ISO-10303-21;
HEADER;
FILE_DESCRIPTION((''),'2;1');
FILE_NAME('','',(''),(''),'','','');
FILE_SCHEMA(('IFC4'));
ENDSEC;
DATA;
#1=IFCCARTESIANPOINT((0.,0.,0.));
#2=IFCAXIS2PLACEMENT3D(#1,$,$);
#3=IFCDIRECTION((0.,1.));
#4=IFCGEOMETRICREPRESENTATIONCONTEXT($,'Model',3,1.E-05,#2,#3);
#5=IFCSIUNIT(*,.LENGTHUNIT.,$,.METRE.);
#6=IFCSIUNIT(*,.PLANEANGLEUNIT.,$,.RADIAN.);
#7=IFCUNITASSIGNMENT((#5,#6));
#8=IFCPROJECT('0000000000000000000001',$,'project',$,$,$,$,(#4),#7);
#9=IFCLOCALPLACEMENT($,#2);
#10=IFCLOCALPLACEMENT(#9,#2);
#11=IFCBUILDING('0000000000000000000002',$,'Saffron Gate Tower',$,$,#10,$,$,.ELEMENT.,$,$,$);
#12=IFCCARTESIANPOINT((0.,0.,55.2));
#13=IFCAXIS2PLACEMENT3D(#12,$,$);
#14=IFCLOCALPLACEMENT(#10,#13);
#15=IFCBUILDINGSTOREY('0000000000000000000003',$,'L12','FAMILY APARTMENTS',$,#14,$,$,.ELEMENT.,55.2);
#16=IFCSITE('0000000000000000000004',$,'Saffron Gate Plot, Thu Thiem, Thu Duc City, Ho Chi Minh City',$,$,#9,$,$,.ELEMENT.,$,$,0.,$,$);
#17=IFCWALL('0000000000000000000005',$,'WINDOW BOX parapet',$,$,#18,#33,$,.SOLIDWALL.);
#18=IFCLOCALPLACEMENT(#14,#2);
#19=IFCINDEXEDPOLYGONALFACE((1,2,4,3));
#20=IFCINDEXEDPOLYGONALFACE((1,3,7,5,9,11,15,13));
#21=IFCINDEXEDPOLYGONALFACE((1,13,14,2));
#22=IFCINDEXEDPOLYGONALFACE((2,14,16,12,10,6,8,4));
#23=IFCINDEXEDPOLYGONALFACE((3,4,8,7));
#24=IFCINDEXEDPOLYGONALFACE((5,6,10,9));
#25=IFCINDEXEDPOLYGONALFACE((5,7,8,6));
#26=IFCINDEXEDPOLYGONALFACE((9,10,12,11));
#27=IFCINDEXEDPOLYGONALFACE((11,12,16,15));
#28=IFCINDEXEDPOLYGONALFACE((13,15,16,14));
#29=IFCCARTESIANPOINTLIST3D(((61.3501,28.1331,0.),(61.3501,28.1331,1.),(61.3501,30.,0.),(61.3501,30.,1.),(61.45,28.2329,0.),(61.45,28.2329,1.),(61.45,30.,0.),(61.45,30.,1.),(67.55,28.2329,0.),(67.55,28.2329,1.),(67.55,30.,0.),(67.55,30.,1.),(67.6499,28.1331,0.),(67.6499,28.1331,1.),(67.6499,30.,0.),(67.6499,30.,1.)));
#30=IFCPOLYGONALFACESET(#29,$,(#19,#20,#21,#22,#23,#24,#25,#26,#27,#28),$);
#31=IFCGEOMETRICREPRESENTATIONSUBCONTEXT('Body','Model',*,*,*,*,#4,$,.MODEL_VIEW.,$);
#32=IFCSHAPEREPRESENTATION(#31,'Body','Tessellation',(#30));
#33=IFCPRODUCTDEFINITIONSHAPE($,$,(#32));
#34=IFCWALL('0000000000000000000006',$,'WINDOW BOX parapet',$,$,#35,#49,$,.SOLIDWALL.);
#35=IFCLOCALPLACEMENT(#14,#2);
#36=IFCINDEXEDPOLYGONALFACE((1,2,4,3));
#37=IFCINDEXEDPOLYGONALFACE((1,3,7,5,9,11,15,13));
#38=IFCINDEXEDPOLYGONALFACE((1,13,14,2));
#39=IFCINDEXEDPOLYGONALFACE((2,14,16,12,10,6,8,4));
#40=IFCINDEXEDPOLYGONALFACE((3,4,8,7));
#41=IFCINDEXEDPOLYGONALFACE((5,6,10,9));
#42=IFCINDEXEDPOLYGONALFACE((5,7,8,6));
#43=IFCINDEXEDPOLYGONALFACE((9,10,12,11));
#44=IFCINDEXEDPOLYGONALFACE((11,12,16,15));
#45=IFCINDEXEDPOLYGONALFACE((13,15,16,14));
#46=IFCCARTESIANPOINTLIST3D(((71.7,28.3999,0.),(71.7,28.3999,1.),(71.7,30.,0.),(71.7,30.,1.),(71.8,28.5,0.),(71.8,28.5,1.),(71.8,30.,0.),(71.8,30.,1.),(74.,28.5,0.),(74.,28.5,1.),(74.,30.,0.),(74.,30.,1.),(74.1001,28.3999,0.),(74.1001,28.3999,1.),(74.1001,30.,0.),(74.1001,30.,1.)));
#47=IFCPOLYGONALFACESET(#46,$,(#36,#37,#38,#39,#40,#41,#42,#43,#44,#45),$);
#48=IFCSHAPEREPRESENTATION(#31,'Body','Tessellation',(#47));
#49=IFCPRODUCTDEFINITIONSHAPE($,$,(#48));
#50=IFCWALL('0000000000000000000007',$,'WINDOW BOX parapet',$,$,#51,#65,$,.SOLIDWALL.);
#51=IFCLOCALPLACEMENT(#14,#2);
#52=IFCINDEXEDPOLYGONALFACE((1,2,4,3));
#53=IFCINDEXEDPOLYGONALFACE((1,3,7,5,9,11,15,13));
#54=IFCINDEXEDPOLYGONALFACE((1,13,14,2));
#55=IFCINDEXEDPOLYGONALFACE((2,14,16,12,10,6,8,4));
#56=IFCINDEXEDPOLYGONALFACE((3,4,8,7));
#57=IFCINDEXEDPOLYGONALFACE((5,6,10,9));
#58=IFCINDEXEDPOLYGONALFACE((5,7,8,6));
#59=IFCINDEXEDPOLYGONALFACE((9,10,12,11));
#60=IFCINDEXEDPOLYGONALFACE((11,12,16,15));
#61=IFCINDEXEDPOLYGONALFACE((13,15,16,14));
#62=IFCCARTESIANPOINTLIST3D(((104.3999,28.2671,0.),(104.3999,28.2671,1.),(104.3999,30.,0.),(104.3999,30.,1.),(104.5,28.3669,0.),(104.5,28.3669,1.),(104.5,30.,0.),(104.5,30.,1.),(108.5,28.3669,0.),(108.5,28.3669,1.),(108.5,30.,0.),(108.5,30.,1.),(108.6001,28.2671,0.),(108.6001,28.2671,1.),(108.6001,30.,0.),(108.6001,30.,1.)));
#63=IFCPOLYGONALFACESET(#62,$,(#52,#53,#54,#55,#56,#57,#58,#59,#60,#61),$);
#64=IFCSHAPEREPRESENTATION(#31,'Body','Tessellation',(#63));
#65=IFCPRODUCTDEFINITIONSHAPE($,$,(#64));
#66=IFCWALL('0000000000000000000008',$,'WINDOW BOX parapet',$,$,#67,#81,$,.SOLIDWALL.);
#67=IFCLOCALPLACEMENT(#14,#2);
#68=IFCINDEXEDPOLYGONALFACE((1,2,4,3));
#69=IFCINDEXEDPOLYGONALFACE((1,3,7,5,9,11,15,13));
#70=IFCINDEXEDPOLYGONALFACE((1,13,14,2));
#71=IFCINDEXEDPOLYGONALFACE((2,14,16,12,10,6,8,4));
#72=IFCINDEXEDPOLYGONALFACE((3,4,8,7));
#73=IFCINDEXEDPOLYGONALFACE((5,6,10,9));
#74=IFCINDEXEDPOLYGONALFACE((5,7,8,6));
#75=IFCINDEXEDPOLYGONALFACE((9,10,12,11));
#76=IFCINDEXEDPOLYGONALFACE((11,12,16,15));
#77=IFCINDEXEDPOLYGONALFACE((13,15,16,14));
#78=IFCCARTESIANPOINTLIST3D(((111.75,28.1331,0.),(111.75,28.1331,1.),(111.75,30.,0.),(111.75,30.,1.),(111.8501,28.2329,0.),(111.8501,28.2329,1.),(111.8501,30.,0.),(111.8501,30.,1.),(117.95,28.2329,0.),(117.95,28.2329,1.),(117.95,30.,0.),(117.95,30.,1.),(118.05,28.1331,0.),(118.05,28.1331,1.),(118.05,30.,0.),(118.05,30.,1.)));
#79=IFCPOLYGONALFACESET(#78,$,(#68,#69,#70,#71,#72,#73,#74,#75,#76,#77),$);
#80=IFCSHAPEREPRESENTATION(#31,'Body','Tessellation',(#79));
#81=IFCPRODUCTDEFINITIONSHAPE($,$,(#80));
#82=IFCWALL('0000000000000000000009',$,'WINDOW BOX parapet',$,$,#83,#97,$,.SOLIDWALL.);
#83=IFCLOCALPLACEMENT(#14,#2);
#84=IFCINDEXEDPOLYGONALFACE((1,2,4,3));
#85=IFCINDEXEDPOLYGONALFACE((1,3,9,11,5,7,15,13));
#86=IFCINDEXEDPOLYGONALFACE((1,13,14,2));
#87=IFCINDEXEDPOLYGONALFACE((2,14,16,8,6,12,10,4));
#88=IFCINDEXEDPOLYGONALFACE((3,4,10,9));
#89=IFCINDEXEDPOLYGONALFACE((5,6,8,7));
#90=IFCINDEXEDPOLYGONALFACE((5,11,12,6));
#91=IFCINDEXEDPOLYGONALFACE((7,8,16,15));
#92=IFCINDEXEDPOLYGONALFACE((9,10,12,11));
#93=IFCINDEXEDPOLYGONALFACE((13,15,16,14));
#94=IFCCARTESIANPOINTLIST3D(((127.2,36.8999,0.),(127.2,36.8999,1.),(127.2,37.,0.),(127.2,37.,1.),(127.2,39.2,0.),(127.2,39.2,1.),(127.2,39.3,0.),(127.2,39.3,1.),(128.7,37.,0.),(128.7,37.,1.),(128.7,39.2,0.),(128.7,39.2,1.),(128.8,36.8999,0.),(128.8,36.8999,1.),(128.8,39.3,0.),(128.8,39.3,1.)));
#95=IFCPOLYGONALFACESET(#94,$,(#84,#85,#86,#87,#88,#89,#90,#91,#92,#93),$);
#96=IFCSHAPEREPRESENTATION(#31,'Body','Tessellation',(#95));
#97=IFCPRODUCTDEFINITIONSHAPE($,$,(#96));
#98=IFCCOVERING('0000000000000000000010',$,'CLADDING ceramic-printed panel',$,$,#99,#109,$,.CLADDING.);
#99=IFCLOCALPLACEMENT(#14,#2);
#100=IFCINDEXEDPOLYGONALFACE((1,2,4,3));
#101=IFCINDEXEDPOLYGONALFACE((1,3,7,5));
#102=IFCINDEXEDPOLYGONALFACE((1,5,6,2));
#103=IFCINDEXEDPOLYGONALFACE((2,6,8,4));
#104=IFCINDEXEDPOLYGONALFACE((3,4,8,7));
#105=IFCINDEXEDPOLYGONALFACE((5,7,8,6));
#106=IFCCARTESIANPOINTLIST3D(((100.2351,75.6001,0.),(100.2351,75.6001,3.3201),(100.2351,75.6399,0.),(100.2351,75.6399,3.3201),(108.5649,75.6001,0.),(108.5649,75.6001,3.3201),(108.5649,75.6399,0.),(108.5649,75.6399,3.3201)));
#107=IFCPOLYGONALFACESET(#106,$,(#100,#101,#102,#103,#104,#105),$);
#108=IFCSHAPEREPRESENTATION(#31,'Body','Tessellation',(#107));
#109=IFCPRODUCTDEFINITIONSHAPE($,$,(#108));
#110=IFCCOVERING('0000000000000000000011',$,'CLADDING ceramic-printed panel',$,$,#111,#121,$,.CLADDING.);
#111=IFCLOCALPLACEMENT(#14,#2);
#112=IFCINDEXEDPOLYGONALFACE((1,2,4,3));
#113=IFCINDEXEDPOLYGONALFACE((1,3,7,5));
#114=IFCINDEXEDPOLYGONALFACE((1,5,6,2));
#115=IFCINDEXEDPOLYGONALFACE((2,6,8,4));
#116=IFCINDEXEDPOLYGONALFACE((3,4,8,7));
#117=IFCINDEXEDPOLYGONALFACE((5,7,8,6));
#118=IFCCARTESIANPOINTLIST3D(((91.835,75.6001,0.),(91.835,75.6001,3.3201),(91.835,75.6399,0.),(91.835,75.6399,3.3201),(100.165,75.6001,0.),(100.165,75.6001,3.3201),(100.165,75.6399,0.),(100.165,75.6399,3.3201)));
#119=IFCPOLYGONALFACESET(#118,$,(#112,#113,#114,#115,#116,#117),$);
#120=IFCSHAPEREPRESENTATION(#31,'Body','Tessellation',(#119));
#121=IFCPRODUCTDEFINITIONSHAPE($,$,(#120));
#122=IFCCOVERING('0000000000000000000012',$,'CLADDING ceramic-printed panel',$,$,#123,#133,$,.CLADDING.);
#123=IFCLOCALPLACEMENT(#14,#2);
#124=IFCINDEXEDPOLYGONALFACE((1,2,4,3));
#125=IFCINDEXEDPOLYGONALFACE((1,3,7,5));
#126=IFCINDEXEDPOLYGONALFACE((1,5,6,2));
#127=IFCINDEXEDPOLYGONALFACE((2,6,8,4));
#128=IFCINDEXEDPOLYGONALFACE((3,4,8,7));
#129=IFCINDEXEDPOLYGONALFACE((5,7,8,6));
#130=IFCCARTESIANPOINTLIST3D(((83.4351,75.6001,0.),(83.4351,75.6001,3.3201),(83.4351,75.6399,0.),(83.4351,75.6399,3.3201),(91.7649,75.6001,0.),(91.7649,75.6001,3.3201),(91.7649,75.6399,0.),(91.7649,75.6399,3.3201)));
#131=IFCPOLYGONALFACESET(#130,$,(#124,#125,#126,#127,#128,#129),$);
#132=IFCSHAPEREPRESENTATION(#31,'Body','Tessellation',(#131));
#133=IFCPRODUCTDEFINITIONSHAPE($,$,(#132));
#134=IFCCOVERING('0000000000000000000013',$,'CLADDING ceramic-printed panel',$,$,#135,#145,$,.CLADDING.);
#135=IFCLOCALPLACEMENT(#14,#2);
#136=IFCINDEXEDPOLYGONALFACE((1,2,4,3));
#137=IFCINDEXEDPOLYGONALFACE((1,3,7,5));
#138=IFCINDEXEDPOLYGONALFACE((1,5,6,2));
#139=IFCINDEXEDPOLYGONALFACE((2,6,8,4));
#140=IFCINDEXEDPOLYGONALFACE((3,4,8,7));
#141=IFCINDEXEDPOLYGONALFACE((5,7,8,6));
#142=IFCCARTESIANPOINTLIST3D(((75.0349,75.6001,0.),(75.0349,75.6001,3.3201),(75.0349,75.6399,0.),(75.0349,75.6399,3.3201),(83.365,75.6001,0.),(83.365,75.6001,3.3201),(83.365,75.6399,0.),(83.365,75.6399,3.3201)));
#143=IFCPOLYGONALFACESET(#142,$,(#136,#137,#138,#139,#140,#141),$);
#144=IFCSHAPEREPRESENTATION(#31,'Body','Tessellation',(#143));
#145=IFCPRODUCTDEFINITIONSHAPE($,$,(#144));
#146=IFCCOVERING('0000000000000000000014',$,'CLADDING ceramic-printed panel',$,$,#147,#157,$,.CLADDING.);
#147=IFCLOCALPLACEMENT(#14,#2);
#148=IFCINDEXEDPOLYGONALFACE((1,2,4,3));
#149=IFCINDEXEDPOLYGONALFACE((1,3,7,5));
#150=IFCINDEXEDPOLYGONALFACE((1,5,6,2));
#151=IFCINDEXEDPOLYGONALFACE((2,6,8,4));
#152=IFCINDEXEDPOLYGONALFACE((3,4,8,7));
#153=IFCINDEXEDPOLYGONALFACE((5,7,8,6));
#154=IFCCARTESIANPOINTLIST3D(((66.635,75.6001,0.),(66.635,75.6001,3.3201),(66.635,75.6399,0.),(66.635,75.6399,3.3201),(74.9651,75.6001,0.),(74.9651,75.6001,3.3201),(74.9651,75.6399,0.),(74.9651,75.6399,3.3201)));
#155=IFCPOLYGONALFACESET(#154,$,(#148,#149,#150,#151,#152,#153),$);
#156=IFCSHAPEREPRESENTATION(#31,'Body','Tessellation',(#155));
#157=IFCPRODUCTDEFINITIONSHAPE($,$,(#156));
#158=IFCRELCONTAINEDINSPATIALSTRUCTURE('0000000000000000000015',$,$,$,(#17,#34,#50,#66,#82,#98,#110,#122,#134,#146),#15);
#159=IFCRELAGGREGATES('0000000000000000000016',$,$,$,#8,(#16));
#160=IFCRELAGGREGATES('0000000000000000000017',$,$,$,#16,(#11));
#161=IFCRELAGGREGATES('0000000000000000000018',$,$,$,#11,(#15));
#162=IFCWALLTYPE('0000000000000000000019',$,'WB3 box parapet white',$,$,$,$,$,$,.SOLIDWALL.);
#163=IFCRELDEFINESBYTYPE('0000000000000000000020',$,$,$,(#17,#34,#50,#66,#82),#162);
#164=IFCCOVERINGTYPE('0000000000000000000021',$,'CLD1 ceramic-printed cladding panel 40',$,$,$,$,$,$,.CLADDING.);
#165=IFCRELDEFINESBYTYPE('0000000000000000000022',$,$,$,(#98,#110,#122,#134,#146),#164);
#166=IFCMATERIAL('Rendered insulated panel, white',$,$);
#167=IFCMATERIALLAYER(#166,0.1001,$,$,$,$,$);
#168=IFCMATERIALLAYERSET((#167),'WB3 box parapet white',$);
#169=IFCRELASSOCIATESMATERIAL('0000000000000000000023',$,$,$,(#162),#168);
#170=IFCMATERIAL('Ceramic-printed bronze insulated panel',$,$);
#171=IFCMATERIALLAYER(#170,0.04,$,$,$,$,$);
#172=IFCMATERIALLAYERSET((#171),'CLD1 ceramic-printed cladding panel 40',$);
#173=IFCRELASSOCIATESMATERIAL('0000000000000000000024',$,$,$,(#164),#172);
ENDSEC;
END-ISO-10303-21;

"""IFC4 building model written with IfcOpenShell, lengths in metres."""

from ifc_helpers import new_model, si_unit, direction, frame, origin, place, context, subcontext, project, spatial, polyline, outline, extrude, material, layer, layer_set, type_object, element, save


model = new_model("IFC4")

# Units and contexts
model_context = context("Model", 3, precision=1e-05, world=origin(), true_north=direction((0.0, 1.0)))
body_context = subcontext(model_context, "Body", "Model", "MODEL_VIEW")
ifc_project = project(units=[si_unit("LENGTHUNIT", "METRE"), si_unit("PLANEANGLEUNIT", "RADIAN")], contexts=[model_context])

# Site, building, storey
site_placement = place(None, origin())
site = spatial("IfcSite", under=ifc_project, at=site_placement, Name="Saffron Gate Plot, Thu Thiem, Thu Duc City, Ho Chi Minh City", CompositionType="ELEMENT", RefElevation=0.0)
building_placement = place(site_placement, origin())
building = spatial("IfcBuilding", under=site, at=building_placement, Name="Saffron Gate Tower", CompositionType="ELEMENT")
storey_placement = place(building_placement, frame((0.0, 0.0, 55.2)))
storey = spatial("IfcBuildingStorey", under=building, at=storey_placement, Name="L12", Description="FAMILY APARTMENTS", CompositionType="ELEMENT", Elevation=55.2)

# Walls
ifc_material_1 = material(Name="Rendered insulated panel, white")
ifc_layer_1 = layer(ifc_material_1, 0.1001)
ifc_layer_set_1 = layer_set([ifc_layer_1], Name="WB3 box parapet white")
wall_type = type_object("IfcWallType", Name="WB3 box parapet white", PredefinedType="SOLIDWALL", material=ifc_layer_set_1)
wall_1_placement = place(storey_placement, origin())
element("IfcWall", 1, at=wall_1_placement, inside=storey, type_object=wall_type, Name="WINDOW BOX parapet", PredefinedType="SOLIDWALL", context=body_context, shape_type="SweptSolid", body=[
    extrude(outline(polyline([(61.3501, 30.0), (61.45, 30.0), (61.45, 28.2329), (67.55, 28.2329), (67.55, 30.0), (67.6499, 30.0), (67.6499, 28.1331), (61.3501, 28.1331), (61.3501, 30.0)])), origin(), (0.0, 0.0, 1.0), 1.0),
])
wall_2_placement = place(storey_placement, origin())
element("IfcWall", 2, at=wall_2_placement, inside=storey, type_object=wall_type, Name="WINDOW BOX parapet", PredefinedType="SOLIDWALL", context=body_context, shape_type="SweptSolid", body=[
    extrude(outline(polyline([(71.7, 30.0), (71.8, 30.0), (71.8, 28.5), (74.0, 28.5), (74.0, 30.0), (74.1001, 30.0), (74.1001, 28.3999), (71.7, 28.3999), (71.7, 30.0)])), origin(), (0.0, 0.0, 1.0), 1.0),
])
wall_3_placement = place(storey_placement, origin())
element("IfcWall", 3, at=wall_3_placement, inside=storey, type_object=wall_type, Name="WINDOW BOX parapet", PredefinedType="SOLIDWALL", context=body_context, shape_type="SweptSolid", body=[
    extrude(outline(polyline([(104.3999, 30.0), (104.5, 30.0), (104.5, 28.3669), (108.5, 28.3669), (108.5, 30.0), (108.6001, 30.0), (108.6001, 28.2671), (104.3999, 28.2671), (104.3999, 30.0)])), origin(), (0.0, 0.0, 1.0), 1.0),
])
wall_4_placement = place(storey_placement, origin())
element("IfcWall", 4, at=wall_4_placement, inside=storey, type_object=wall_type, Name="WINDOW BOX parapet", PredefinedType="SOLIDWALL", context=body_context, shape_type="SweptSolid", body=[
    extrude(outline(polyline([(111.75, 30.0), (111.8501, 30.0), (111.8501, 28.2329), (117.95, 28.2329), (117.95, 30.0), (118.05, 30.0), (118.05, 28.1331), (111.75, 28.1331), (111.75, 30.0)])), origin(), (0.0, 0.0, 1.0), 1.0),
])
wall_5_placement = place(storey_placement, origin())
element("IfcWall", 5, at=wall_5_placement, inside=storey, type_object=wall_type, Name="WINDOW BOX parapet", PredefinedType="SOLIDWALL", context=body_context, shape_type="SweptSolid", body=[
    extrude(outline(polyline([(127.2, 36.8999), (127.2, 37.0), (128.7, 37.0), (128.7, 39.2), (127.2, 39.2), (127.2, 39.3), (128.8, 39.3), (128.8, 36.8999), (127.2, 36.8999)])), origin(), (0.0, 0.0, 1.0), 1.0),
])

# Coverings
ifc_material_2 = material(Name="Ceramic-printed bronze insulated panel")
ifc_layer_2 = layer(ifc_material_2, 0.04)
ifc_layer_set_2 = layer_set([ifc_layer_2], Name="CLD1 ceramic-printed cladding panel 40")
covering_type = type_object("IfcCoveringType", Name="CLD1 ceramic-printed cladding panel 40", PredefinedType="CLADDING", material=ifc_layer_set_2)
covering_1_placement = place(storey_placement, origin())
element("IfcCovering", 6, at=covering_1_placement, inside=storey, type_object=covering_type, Name="CLADDING ceramic-printed panel", PredefinedType="CLADDING", context=body_context, shape_type="SweptSolid", body=[
    extrude(outline(polyline([(108.5649, 75.6399), (100.2351, 75.6399), (100.2351, 75.6001), (108.5649, 75.6001), (108.5649, 75.6399)])), origin(), (0.0, 0.0, 1.0), 3.3201),
])
covering_2_placement = place(storey_placement, origin())
element("IfcCovering", 7, at=covering_2_placement, inside=storey, type_object=covering_type, Name="CLADDING ceramic-printed panel", PredefinedType="CLADDING", context=body_context, shape_type="SweptSolid", body=[
    extrude(outline(polyline([(100.165, 75.6399), (91.835, 75.6399), (91.835, 75.6001), (100.165, 75.6001), (100.165, 75.6399)])), origin(), (0.0, 0.0, 1.0), 3.3201),
])
covering_3_placement = place(storey_placement, origin())
element("IfcCovering", 8, at=covering_3_placement, inside=storey, type_object=covering_type, Name="CLADDING ceramic-printed panel", PredefinedType="CLADDING", context=body_context, shape_type="SweptSolid", body=[
    extrude(outline(polyline([(91.7649, 75.6399), (83.4351, 75.6399), (83.4351, 75.6001), (91.7649, 75.6001), (91.7649, 75.6399)])), origin(), (0.0, 0.0, 1.0), 3.3201),
])
covering_4_placement = place(storey_placement, origin())
element("IfcCovering", 9, at=covering_4_placement, inside=storey, type_object=covering_type, Name="CLADDING ceramic-printed panel", PredefinedType="CLADDING", context=body_context, shape_type="SweptSolid", body=[
    extrude(outline(polyline([(83.365, 75.6399), (75.0349, 75.6399), (75.0349, 75.6001), (83.365, 75.6001), (83.365, 75.6399)])), origin(), (0.0, 0.0, 1.0), 3.3201),
])
covering_5_placement = place(storey_placement, origin())
element("IfcCovering", 10, at=covering_5_placement, inside=storey, type_object=covering_type, Name="CLADDING ceramic-printed panel", PredefinedType="CLADDING", context=body_context, shape_type="SweptSolid", body=[
    extrude(outline(polyline([(74.9651, 75.6399), (66.635, 75.6399), (66.635, 75.6001), (74.9651, 75.6001), (74.9651, 75.6399)])), origin(), (0.0, 0.0, 1.0), 3.3201),
])

save(model, "model.ifc")
